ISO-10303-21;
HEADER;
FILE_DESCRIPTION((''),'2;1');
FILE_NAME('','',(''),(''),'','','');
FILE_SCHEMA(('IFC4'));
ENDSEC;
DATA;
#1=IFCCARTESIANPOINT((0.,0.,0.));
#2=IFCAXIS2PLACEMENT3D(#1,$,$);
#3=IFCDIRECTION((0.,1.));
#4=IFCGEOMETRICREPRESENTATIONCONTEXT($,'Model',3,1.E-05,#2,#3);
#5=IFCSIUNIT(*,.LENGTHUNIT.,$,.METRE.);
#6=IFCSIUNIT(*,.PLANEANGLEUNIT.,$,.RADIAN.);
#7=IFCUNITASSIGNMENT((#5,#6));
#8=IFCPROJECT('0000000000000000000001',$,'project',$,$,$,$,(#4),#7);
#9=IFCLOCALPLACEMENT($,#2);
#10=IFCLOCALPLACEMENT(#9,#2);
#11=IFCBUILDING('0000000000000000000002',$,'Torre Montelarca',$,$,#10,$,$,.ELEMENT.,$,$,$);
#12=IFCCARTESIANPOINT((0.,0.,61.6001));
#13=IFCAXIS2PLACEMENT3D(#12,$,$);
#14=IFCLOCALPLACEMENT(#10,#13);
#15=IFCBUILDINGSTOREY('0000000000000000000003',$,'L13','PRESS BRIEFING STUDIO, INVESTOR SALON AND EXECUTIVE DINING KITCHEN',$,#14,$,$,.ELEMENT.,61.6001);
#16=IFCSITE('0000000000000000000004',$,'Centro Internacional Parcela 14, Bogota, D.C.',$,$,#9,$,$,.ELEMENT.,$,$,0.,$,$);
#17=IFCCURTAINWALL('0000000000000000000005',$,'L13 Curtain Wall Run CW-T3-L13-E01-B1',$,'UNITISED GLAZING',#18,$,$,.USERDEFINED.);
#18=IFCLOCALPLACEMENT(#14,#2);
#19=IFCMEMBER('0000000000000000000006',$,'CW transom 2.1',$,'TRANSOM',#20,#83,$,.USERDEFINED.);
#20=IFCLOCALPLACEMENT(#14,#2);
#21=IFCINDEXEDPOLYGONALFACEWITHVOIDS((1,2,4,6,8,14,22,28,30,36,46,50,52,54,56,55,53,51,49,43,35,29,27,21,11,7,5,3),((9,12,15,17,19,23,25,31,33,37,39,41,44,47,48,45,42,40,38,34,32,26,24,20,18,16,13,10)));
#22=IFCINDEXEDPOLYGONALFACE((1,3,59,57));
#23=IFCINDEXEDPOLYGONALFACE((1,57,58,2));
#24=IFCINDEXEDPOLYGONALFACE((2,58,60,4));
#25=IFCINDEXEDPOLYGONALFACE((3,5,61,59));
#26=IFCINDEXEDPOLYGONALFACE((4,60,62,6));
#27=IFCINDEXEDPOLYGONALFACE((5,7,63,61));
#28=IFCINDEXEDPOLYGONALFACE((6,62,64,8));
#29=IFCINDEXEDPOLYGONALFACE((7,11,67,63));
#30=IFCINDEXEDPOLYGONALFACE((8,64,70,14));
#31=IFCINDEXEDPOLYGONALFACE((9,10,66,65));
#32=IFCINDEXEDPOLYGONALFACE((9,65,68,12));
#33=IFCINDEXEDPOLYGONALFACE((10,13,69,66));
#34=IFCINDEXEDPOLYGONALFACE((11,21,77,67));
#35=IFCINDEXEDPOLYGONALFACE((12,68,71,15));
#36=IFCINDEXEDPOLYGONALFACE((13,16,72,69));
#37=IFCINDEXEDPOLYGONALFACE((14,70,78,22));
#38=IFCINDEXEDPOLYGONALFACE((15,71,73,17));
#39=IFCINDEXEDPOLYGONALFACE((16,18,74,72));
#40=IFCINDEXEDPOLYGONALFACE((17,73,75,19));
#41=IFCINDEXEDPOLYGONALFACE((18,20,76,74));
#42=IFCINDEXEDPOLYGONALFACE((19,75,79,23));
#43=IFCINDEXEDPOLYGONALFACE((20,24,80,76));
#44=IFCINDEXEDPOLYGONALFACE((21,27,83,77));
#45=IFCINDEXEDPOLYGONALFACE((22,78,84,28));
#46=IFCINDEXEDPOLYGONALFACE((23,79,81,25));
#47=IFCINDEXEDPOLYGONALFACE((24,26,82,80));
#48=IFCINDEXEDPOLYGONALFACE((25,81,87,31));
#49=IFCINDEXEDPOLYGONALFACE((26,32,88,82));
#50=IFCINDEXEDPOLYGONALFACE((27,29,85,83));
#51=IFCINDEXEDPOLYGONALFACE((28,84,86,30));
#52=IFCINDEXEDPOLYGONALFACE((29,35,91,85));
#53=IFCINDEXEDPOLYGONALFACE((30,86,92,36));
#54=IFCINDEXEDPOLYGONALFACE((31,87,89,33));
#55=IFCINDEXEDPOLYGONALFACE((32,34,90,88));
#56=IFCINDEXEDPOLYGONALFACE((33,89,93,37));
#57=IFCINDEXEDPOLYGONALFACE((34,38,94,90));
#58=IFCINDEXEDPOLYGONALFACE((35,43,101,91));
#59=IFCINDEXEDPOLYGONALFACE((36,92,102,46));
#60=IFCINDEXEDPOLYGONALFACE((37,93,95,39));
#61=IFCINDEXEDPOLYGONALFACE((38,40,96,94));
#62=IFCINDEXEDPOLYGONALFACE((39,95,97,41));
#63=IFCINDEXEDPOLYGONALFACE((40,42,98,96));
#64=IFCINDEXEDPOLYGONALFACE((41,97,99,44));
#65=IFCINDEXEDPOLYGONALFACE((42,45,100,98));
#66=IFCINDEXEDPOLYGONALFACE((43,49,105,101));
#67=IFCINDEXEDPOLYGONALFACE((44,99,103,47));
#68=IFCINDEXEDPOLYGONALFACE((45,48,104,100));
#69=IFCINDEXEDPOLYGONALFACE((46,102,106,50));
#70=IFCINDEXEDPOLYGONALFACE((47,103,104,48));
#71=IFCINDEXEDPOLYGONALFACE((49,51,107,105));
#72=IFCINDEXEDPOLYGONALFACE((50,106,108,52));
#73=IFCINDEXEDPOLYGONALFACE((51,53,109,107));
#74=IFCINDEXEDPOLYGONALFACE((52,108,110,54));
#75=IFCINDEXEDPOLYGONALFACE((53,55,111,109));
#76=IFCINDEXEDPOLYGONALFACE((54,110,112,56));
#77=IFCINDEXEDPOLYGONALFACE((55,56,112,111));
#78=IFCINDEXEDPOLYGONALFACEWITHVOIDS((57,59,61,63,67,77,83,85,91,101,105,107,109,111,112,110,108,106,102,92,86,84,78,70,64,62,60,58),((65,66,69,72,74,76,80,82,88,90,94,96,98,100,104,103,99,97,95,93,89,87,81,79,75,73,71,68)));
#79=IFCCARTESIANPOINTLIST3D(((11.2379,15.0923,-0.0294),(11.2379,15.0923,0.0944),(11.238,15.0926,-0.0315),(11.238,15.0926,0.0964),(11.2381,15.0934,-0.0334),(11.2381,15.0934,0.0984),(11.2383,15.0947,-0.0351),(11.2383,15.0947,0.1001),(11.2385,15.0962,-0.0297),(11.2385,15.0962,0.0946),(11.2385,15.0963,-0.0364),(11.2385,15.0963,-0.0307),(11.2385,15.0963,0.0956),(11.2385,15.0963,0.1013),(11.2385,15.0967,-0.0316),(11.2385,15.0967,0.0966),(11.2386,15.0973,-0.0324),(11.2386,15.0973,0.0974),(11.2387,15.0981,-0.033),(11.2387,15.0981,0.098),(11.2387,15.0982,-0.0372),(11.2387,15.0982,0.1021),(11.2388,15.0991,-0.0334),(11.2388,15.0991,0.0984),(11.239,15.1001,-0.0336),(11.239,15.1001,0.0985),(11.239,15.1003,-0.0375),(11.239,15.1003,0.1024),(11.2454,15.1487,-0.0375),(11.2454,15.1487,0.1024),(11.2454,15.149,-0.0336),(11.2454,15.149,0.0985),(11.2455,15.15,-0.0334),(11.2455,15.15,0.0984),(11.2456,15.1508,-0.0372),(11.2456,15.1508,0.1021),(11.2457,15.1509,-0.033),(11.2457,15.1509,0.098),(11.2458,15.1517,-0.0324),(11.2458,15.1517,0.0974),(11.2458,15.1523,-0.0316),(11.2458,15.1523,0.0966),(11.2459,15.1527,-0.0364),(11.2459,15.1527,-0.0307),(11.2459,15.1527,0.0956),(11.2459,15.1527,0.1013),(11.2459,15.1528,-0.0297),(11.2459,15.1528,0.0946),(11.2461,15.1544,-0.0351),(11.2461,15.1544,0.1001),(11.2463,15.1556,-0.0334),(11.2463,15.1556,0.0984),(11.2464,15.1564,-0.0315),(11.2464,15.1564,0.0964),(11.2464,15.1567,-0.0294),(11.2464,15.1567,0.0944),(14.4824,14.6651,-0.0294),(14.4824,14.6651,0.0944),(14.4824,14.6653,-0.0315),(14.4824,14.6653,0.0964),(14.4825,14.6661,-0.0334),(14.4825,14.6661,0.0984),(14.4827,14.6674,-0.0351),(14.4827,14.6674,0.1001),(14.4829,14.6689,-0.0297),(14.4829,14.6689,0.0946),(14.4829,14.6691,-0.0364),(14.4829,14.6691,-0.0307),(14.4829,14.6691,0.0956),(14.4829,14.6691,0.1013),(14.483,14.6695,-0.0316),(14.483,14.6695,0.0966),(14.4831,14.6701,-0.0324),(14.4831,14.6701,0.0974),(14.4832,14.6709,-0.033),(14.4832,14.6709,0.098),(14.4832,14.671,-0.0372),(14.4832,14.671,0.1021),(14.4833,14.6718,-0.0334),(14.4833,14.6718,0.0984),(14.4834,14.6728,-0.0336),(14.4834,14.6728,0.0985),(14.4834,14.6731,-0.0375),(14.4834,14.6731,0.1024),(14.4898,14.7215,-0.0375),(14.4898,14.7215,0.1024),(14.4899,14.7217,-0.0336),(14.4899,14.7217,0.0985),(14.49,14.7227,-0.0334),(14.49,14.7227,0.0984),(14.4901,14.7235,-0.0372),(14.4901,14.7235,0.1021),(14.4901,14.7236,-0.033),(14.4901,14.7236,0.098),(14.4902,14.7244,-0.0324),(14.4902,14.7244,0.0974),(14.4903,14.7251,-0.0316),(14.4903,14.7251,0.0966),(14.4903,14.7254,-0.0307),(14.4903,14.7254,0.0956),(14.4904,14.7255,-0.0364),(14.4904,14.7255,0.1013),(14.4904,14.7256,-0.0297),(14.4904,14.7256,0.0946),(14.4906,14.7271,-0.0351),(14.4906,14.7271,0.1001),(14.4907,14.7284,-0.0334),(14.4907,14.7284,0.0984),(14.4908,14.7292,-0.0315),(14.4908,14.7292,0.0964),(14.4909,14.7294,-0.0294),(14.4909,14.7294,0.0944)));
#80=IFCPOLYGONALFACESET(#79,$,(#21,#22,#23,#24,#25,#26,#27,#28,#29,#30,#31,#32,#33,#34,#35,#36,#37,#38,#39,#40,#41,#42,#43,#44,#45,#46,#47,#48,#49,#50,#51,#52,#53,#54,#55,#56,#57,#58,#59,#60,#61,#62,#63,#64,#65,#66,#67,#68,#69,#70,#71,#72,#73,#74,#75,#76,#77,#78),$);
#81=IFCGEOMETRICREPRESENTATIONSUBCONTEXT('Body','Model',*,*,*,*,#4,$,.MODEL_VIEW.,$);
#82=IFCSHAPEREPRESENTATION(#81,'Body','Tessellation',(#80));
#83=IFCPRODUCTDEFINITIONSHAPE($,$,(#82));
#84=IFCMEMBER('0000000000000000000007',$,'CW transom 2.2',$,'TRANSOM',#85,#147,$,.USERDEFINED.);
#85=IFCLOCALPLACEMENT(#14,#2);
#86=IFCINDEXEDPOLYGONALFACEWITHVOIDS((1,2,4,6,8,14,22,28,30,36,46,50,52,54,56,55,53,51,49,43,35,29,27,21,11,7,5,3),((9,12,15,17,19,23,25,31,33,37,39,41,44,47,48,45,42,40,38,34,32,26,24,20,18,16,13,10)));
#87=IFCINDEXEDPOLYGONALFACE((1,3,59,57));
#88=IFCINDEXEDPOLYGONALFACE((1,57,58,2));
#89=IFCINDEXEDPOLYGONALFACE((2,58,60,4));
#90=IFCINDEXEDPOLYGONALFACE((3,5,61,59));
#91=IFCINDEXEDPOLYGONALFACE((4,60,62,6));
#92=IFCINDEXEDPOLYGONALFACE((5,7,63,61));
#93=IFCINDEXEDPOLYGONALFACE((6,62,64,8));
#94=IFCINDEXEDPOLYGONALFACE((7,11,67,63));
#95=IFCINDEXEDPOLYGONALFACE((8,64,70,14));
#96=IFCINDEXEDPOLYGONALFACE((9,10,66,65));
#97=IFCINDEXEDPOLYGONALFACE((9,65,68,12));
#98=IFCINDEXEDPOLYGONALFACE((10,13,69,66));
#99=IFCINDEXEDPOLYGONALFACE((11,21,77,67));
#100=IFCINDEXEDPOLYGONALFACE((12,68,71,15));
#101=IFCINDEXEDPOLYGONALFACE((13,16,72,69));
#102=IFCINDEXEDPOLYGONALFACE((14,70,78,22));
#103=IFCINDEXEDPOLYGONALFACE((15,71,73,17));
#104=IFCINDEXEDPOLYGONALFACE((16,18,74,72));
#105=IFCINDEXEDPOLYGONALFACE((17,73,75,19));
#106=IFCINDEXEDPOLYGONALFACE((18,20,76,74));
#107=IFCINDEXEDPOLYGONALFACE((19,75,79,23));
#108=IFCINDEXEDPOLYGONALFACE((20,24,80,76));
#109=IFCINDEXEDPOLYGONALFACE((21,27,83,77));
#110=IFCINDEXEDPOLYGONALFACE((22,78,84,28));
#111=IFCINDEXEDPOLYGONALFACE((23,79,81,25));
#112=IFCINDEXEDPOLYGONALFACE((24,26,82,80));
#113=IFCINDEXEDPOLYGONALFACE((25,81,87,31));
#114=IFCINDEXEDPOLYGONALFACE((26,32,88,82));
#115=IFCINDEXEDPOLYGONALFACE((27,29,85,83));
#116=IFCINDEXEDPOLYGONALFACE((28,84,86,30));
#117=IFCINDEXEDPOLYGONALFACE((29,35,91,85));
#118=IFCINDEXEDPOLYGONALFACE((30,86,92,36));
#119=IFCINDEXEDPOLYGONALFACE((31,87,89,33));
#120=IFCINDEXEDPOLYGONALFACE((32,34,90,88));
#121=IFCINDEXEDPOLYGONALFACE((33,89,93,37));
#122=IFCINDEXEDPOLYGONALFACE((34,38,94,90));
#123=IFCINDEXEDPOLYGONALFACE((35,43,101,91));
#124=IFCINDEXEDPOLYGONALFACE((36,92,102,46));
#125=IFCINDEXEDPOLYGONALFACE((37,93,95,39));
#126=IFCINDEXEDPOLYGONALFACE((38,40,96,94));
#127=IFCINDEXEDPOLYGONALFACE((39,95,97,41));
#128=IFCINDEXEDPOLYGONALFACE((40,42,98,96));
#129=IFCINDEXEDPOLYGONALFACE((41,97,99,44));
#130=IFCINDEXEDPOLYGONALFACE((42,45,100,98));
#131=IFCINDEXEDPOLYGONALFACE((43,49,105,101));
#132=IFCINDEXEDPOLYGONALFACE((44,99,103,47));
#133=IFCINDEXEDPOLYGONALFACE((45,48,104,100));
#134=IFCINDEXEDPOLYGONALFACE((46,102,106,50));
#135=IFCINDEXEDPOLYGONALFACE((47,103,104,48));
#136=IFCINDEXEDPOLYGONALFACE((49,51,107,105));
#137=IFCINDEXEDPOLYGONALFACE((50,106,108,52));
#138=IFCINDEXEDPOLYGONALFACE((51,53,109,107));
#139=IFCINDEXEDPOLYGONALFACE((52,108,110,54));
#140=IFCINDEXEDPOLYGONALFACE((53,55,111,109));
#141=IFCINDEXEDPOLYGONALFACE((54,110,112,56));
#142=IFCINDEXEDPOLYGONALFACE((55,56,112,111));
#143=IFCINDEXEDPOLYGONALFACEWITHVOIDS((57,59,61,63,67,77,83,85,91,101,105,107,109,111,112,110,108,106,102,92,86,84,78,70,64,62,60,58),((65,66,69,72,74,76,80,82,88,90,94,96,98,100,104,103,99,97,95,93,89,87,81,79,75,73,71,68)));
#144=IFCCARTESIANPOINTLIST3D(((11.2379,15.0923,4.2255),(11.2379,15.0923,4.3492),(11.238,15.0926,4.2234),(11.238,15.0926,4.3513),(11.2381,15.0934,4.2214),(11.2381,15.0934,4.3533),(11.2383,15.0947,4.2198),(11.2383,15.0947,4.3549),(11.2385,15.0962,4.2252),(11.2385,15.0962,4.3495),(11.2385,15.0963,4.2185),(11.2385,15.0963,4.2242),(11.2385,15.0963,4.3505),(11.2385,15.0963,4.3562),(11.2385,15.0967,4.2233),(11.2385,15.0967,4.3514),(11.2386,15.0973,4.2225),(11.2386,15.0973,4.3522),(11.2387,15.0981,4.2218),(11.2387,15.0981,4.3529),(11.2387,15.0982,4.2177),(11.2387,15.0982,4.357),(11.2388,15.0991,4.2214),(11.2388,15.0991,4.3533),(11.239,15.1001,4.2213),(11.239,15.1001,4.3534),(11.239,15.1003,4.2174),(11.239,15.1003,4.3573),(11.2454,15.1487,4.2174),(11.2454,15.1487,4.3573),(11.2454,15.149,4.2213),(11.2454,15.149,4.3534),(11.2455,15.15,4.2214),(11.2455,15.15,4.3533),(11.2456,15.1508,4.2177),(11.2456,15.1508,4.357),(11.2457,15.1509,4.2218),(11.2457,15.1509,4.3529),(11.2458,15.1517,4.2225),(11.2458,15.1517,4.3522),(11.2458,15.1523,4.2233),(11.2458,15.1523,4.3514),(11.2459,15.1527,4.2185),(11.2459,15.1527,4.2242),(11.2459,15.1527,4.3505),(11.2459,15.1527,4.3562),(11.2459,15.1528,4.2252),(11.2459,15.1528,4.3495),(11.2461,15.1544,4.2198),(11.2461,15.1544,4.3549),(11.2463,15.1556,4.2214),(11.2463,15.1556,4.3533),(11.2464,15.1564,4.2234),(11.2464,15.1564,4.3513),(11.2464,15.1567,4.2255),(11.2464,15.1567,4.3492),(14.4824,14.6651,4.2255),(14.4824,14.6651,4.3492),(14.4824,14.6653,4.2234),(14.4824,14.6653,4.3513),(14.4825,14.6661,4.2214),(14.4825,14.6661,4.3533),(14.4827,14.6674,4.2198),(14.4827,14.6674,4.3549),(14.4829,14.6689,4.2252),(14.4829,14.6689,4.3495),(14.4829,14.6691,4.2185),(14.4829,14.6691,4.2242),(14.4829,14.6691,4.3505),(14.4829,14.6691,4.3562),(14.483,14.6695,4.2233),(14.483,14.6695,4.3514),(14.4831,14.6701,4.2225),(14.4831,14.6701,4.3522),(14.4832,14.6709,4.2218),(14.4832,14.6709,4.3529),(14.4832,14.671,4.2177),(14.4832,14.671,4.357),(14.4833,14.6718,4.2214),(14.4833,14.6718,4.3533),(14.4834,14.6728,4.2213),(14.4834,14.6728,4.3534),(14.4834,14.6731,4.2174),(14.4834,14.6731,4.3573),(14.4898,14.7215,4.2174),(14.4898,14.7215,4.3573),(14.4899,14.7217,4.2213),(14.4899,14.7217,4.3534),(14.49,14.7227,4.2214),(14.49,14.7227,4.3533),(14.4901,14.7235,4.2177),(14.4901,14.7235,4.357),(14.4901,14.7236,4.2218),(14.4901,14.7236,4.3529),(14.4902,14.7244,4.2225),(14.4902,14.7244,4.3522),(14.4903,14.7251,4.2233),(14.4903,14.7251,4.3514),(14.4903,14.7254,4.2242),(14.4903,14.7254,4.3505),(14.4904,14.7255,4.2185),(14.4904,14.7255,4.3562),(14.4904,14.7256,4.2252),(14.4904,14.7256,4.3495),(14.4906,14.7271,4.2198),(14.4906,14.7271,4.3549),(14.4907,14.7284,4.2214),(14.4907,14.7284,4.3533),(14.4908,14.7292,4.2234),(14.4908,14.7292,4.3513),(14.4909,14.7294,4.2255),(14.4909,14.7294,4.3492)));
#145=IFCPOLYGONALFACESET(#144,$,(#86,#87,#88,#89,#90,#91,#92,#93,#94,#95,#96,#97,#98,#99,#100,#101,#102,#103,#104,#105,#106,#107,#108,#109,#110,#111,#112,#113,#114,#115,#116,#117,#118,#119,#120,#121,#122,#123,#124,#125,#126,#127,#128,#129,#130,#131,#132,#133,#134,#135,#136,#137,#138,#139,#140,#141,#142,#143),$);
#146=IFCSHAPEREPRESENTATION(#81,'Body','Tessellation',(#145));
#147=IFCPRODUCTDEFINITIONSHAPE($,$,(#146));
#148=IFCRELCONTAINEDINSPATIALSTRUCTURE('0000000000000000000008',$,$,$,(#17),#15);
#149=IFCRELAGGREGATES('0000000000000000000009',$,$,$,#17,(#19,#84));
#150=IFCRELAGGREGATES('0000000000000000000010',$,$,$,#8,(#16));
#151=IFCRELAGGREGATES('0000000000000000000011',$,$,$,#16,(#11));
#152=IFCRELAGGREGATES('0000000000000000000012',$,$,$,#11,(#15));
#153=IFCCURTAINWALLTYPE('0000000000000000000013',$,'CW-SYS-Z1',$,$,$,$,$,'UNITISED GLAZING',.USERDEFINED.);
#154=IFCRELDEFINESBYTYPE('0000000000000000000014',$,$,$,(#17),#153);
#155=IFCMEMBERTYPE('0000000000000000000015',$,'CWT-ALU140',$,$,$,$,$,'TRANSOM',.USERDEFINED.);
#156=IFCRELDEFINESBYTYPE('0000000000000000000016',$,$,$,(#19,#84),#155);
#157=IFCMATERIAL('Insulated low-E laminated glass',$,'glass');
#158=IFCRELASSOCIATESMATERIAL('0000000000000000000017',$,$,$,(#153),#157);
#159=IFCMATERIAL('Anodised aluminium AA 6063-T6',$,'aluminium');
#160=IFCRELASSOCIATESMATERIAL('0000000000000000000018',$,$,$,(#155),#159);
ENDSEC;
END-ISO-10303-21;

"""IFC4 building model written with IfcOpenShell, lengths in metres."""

from ifc_helpers import new_model, si_unit, direction, frame, origin, origin_2d, place, context, subcontext, project, spatial, hollow_rectangle, extrude, source, transform, mapped, material, material_profile, profile_set, type_object, element, aggregate, save


model = new_model("IFC4")

# Units and contexts
model_context = context("Model", 3, precision=1e-05, world=origin(), true_north=direction((0.0, 1.0)))
body_context = subcontext(model_context, "Body", "Model", "MODEL_VIEW")
ifc_project = project(units=[si_unit("LENGTHUNIT", "METRE"), si_unit("PLANEANGLEUNIT", "RADIAN")], contexts=[model_context])

# Site, building, storey
site_placement = place(None, origin())
site = spatial("IfcSite", under=ifc_project, at=site_placement, Name="Centro Internacional Parcela 14, Bogota, D.C.", CompositionType="ELEMENT", RefElevation=0.0)
building_placement = place(site_placement, origin())
building = spatial("IfcBuilding", under=site, at=building_placement, Name="Torre Montelarca", CompositionType="ELEMENT")
storey_placement = place(building_placement, frame((0.0, 0.0, 61.6001)))
storey = spatial("IfcBuildingStorey", under=building, at=storey_placement, Name="L13", Description="PRESS BRIEFING STUDIO, INVESTOR SALON AND EXECUTIVE DINING KITCHEN", CompositionType="ELEMENT", Elevation=61.6001)

# Curtain wall, members
ifc_material_1 = material(Name="Insulated low-E laminated glass", Category="glass")
curtain_wall_type = type_object("IfcCurtainWallType", Name="CW-SYS-Z1", ElementType="UNITISED GLAZING", PredefinedType="USERDEFINED", material=ifc_material_1)
curtain_wall_1_placement = place(storey_placement, origin())
curtain_wall_1 = element("IfcCurtainWall", 1, at=curtain_wall_1_placement, inside=storey, type_object=curtain_wall_type, Name="L13 Curtain Wall Run CW-T3-L13-E01-B1", ObjectType="UNITISED GLAZING", PredefinedType="USERDEFINED")
ifc_material_2 = material(Name="Anodised aluminium AA 6063-T6", Category="aluminium")
ifc_material_profile_1 = material_profile(ifc_material_2, hollow_rectangle(XDim=0.0649, YDim=0.1399, WallThickness=0.0039, InnerFilletRadius=0.0039, OuterFilletRadius=0.0081, at=origin_2d()), Name="ALU65X140X4", Category="aluminium")
ifc_profile_set_1 = profile_set([ifc_material_profile_1], Name="Anodised aluminium AA 6063-T6")
member_type_1 = type_object("IfcMemberType", Name="CWT-ALU140", ElementType="TRANSOM", PredefinedType="USERDEFINED", material=ifc_profile_set_1)
shared_shape_1 = source(origin(), body_context, "Body", "SweptSolid", [
    extrude(hollow_rectangle(XDim=0.0649, YDim=0.1399, WallThickness=0.0039, InnerFilletRadius=0.0039, OuterFilletRadius=0.0081, at=origin_2d()), origin(), (0.0, 0.0, 1.0), 3.2725),
])
member_1_placement = place(storey_placement, frame((11.2422, 15.1245, 0.0325), z_axis=(0.99144, -0.130561, 0.0), x_axis=(0.130561, 0.99144, 0.0)))
member_1 = element("IfcMember", 2, at=member_1_placement, type_object=member_type_1, Name="CW transom 2.1", ObjectType="TRANSOM", PredefinedType="USERDEFINED", context=body_context, shape_type="MappedRepresentation", body=[
    mapped(shared_shape_1, transform((0.0, 0.0, 0.0), scale=1.0)),
])
member_2_placement = place(storey_placement, frame((11.2422, 15.1245, 4.2874), z_axis=(0.99144, -0.130561, 0.0), x_axis=(0.130561, 0.99144, 0.0)))
member_2 = element("IfcMember", 3, at=member_2_placement, type_object=member_type_1, Name="CW transom 2.2", ObjectType="TRANSOM", PredefinedType="USERDEFINED", context=body_context, shape_type="MappedRepresentation", body=[
    mapped(shared_shape_1, transform((0.0, 0.0, 0.0), scale=1.0)),
])

aggregate(curtain_wall_1, [member_1, member_2])

save(model, "model.ifc")
